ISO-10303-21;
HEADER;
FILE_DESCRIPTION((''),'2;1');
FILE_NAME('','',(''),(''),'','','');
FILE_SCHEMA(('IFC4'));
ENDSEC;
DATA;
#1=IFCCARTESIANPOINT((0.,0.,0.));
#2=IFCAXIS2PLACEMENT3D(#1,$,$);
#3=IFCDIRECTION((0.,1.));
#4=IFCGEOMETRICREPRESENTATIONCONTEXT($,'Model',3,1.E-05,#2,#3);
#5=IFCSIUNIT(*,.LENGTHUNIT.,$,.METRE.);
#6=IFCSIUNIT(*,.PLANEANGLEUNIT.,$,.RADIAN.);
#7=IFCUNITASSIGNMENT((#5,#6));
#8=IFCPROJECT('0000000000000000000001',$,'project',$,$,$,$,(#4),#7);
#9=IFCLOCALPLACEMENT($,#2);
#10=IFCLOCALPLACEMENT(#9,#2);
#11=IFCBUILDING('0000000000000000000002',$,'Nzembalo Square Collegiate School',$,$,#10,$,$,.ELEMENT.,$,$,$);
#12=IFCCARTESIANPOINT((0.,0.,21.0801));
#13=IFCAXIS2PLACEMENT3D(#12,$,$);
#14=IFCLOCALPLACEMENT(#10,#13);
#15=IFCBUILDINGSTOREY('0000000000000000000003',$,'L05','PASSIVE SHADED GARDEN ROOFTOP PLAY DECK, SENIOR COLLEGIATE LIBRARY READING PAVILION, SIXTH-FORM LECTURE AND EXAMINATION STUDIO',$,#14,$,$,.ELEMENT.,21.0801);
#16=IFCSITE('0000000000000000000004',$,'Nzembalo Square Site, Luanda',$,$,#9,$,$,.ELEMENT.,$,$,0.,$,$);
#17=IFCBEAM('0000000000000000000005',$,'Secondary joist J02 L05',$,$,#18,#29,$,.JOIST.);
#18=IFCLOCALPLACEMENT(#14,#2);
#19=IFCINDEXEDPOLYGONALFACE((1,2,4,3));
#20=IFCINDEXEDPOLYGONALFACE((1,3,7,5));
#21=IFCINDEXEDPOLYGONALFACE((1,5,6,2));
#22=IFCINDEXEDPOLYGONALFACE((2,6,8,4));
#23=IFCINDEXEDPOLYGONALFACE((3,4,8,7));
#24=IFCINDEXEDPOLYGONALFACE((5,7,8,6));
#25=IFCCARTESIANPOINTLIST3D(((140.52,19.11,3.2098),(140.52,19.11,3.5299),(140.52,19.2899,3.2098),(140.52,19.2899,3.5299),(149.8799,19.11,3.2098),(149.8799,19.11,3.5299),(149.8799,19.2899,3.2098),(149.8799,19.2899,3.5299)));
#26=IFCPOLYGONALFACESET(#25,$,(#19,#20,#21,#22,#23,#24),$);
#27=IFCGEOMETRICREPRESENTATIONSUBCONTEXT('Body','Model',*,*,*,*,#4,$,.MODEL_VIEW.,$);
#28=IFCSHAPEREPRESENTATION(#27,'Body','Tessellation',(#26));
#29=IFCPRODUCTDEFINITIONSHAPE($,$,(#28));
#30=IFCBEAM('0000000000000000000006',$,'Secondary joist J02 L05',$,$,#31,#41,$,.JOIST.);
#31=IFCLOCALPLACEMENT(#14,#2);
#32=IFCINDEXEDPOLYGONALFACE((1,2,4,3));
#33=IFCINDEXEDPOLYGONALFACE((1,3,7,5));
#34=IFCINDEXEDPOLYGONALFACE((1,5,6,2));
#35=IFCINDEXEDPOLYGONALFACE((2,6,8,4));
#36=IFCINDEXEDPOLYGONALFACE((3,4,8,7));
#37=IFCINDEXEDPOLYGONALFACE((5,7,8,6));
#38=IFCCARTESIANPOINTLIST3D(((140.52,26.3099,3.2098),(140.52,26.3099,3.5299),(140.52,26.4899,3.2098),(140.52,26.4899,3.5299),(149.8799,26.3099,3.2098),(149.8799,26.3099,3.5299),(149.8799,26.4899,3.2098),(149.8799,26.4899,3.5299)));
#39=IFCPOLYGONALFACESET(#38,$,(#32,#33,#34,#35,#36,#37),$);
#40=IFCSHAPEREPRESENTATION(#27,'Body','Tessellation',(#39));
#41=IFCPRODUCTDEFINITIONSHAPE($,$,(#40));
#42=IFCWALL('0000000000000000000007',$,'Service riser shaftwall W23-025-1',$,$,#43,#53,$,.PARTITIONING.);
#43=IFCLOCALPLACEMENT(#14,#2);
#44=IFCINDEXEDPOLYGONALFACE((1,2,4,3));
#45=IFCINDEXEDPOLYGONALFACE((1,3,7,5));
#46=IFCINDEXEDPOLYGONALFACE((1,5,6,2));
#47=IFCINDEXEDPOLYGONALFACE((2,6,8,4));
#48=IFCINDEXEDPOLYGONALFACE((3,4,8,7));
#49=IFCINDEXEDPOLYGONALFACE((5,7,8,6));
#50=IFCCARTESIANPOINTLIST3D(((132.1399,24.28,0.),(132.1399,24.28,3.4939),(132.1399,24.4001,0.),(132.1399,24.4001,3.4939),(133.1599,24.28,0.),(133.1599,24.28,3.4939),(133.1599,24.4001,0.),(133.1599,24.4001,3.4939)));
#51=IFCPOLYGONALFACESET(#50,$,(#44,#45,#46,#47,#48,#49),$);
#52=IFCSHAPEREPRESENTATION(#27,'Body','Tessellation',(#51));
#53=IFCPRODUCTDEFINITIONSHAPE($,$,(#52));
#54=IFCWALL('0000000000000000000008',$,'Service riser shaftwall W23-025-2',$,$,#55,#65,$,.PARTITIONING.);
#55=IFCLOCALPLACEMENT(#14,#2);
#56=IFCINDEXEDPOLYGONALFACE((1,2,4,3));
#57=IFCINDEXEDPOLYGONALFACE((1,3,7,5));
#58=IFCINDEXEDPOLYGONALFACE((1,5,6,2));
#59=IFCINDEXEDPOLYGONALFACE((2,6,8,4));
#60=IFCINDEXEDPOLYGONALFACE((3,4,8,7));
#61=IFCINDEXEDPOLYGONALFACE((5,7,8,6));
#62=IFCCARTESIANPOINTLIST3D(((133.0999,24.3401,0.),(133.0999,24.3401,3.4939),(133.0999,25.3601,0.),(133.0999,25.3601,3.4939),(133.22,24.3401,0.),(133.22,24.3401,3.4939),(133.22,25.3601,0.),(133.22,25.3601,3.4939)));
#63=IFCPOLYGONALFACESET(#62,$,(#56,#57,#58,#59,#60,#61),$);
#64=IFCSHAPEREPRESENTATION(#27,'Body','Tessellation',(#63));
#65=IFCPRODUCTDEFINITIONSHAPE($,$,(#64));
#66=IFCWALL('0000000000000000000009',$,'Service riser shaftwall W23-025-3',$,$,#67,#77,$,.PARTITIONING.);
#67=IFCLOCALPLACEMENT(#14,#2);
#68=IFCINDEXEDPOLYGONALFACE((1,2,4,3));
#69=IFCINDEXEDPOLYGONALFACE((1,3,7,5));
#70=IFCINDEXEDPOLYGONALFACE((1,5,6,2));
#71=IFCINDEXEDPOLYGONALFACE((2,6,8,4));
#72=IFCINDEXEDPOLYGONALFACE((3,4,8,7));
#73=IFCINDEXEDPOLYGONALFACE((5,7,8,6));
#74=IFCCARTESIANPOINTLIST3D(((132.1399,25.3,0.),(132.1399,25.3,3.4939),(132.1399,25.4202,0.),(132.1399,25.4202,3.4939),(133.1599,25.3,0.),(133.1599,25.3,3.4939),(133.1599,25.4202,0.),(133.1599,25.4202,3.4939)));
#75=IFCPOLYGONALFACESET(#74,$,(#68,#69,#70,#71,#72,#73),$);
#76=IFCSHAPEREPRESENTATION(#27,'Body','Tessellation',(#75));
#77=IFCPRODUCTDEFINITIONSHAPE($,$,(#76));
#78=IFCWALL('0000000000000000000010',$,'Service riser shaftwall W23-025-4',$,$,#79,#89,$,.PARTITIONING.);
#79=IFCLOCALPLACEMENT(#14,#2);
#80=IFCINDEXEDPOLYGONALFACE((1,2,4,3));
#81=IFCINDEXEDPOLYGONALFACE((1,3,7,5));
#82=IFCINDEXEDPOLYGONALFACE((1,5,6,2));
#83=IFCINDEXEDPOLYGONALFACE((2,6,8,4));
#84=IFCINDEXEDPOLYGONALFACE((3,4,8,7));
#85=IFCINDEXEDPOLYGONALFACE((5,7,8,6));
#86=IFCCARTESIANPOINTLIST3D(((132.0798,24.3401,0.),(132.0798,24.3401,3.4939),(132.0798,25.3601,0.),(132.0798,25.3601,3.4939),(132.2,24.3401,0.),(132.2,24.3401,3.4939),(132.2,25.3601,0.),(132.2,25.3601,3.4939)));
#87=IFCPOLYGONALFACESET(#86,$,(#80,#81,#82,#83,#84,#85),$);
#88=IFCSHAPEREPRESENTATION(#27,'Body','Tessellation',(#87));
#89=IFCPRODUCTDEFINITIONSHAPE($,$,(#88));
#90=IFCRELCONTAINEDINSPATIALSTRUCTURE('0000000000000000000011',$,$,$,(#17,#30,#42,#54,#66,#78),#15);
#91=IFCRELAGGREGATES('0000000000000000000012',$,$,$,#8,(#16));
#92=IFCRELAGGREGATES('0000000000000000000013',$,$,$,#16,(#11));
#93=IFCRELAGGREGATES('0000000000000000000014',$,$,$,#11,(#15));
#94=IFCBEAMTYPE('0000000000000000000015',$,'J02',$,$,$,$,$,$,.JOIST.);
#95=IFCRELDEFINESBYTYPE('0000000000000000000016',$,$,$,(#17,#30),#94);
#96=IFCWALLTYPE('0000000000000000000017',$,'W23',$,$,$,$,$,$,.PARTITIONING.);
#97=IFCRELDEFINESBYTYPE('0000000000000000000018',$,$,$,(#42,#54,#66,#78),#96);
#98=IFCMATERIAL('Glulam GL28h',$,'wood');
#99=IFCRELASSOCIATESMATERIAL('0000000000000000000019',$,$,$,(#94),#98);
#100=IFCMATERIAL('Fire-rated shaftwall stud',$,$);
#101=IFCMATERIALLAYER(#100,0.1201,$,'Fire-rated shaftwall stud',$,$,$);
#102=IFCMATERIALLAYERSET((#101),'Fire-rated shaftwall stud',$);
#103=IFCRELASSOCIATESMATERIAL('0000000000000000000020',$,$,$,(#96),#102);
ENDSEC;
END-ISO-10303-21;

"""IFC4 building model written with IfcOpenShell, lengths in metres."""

from ifc_helpers import new_model, si_unit, direction, frame, frame_2d, origin, origin_2d, place, context, subcontext, project, spatial, rectangle, extrude, material, layer, layer_set, material_profile, profile_set, type_object, element, save


model = new_model("IFC4")

# Units and contexts
model_context = context("Model", 3, precision=1e-05, world=origin(), true_north=direction((0.0, 1.0)))
body_context = subcontext(model_context, "Body", "Model", "MODEL_VIEW")
ifc_project = project(units=[si_unit("LENGTHUNIT", "METRE"), si_unit("PLANEANGLEUNIT", "RADIAN")], contexts=[model_context])

# Site, building, storey
site_placement = place(None, origin())
site = spatial("IfcSite", under=ifc_project, at=site_placement, Name="Nzembalo Square Site, Luanda", CompositionType="ELEMENT", RefElevation=0.0)
building_placement = place(site_placement, origin())
building = spatial("IfcBuilding", under=site, at=building_placement, Name="Nzembalo Square Collegiate School", CompositionType="ELEMENT")
storey_placement = place(building_placement, frame((0.0, 0.0, 21.0801)))
storey = spatial("IfcBuildingStorey", under=building, at=storey_placement, Name="L05", Description="PASSIVE SHADED GARDEN ROOFTOP PLAY DECK, SENIOR COLLEGIATE LIBRARY READING PAVILION, SIXTH-FORM LECTURE AND EXAMINATION STUDIO", CompositionType="ELEMENT", Elevation=21.0801)

# Beams
ifc_material_1 = material(Name="Glulam GL28h", Category="wood")
ifc_material_profile_1 = material_profile(ifc_material_1, rectangle(XDim=0.1799, YDim=0.3201, at=origin_2d()), Name="GL28h 180x320")
ifc_profile_set_1 = profile_set([ifc_material_profile_1], Name="Glulam GL28h")
beam_type_1 = type_object("IfcBeamType", Name="J02", PredefinedType="JOIST", material=ifc_profile_set_1)
for number, where, z_axis, x_axis, name in (
    (1, (140.52, 19.2, 3.3699), (1.0, 0.0, 0.0), (0.0, 1.0, 0.0), "Secondary joist J02 L05"),
    (2, (140.52, 26.3999, 3.3699), (1.0, 0.0, 0.0), (0.0, 1.0, 0.0), "Secondary joist J02 L05"),
):
    element("IfcBeam", number, at=place(storey_placement, frame(where, z_axis=z_axis, x_axis=x_axis)), inside=storey, type_object=beam_type_1, Name=name, PredefinedType="JOIST", context=body_context, shape_type="SweptSolid", body=[
        extrude(rectangle(XDim=0.1799, YDim=0.3201, at=origin_2d()), origin(), (0.0, 0.0, 1.0), 9.3599),
    ])

# Walls
ifc_material_2 = material(Name="Fire-rated shaftwall stud")
ifc_layer = layer(ifc_material_2, 0.1201, Name="Fire-rated shaftwall stud")
ifc_layer_set = layer_set([ifc_layer], Name="Fire-rated shaftwall stud")
wall_type = type_object("IfcWallType", Name="W23", PredefinedType="PARTITIONING", material=ifc_layer_set)
for number, where, z_axis, x_axis, name in (
    (3, (132.1399, 24.3401, 0.0), (0.0, 0.0, 1.0), (1.0, 0.0, 0.0), "Service riser shaftwall W23-025-1"),
    (4, (133.1599, 24.3401, 0.0), (0.0, 0.0, 1.0), (0.0, 1.0, 0.0), "Service riser shaftwall W23-025-2"),
    (5, (133.1599, 25.3601, 0.0), (0.0, 0.0, 1.0), (-1.0, 0.0, 0.0), "Service riser shaftwall W23-025-3"),
    (6, (132.1399, 25.3601, 0.0), (0.0, 0.0, 1.0), (0.0, -1.0, 0.0), "Service riser shaftwall W23-025-4"),
):
    element("IfcWall", number, at=place(storey_placement, frame(where, z_axis=z_axis, x_axis=x_axis)), inside=storey, type_object=wall_type, Name=name, PredefinedType="PARTITIONING", context=body_context, shape_type="SweptSolid", body=[
        extrude(rectangle(XDim=1.02, YDim=0.1201, at=frame_2d((0.51, 0.0))), origin(), (0.0, 0.0, 1.0), 3.4939),
    ])

save(model, "model.ifc")
